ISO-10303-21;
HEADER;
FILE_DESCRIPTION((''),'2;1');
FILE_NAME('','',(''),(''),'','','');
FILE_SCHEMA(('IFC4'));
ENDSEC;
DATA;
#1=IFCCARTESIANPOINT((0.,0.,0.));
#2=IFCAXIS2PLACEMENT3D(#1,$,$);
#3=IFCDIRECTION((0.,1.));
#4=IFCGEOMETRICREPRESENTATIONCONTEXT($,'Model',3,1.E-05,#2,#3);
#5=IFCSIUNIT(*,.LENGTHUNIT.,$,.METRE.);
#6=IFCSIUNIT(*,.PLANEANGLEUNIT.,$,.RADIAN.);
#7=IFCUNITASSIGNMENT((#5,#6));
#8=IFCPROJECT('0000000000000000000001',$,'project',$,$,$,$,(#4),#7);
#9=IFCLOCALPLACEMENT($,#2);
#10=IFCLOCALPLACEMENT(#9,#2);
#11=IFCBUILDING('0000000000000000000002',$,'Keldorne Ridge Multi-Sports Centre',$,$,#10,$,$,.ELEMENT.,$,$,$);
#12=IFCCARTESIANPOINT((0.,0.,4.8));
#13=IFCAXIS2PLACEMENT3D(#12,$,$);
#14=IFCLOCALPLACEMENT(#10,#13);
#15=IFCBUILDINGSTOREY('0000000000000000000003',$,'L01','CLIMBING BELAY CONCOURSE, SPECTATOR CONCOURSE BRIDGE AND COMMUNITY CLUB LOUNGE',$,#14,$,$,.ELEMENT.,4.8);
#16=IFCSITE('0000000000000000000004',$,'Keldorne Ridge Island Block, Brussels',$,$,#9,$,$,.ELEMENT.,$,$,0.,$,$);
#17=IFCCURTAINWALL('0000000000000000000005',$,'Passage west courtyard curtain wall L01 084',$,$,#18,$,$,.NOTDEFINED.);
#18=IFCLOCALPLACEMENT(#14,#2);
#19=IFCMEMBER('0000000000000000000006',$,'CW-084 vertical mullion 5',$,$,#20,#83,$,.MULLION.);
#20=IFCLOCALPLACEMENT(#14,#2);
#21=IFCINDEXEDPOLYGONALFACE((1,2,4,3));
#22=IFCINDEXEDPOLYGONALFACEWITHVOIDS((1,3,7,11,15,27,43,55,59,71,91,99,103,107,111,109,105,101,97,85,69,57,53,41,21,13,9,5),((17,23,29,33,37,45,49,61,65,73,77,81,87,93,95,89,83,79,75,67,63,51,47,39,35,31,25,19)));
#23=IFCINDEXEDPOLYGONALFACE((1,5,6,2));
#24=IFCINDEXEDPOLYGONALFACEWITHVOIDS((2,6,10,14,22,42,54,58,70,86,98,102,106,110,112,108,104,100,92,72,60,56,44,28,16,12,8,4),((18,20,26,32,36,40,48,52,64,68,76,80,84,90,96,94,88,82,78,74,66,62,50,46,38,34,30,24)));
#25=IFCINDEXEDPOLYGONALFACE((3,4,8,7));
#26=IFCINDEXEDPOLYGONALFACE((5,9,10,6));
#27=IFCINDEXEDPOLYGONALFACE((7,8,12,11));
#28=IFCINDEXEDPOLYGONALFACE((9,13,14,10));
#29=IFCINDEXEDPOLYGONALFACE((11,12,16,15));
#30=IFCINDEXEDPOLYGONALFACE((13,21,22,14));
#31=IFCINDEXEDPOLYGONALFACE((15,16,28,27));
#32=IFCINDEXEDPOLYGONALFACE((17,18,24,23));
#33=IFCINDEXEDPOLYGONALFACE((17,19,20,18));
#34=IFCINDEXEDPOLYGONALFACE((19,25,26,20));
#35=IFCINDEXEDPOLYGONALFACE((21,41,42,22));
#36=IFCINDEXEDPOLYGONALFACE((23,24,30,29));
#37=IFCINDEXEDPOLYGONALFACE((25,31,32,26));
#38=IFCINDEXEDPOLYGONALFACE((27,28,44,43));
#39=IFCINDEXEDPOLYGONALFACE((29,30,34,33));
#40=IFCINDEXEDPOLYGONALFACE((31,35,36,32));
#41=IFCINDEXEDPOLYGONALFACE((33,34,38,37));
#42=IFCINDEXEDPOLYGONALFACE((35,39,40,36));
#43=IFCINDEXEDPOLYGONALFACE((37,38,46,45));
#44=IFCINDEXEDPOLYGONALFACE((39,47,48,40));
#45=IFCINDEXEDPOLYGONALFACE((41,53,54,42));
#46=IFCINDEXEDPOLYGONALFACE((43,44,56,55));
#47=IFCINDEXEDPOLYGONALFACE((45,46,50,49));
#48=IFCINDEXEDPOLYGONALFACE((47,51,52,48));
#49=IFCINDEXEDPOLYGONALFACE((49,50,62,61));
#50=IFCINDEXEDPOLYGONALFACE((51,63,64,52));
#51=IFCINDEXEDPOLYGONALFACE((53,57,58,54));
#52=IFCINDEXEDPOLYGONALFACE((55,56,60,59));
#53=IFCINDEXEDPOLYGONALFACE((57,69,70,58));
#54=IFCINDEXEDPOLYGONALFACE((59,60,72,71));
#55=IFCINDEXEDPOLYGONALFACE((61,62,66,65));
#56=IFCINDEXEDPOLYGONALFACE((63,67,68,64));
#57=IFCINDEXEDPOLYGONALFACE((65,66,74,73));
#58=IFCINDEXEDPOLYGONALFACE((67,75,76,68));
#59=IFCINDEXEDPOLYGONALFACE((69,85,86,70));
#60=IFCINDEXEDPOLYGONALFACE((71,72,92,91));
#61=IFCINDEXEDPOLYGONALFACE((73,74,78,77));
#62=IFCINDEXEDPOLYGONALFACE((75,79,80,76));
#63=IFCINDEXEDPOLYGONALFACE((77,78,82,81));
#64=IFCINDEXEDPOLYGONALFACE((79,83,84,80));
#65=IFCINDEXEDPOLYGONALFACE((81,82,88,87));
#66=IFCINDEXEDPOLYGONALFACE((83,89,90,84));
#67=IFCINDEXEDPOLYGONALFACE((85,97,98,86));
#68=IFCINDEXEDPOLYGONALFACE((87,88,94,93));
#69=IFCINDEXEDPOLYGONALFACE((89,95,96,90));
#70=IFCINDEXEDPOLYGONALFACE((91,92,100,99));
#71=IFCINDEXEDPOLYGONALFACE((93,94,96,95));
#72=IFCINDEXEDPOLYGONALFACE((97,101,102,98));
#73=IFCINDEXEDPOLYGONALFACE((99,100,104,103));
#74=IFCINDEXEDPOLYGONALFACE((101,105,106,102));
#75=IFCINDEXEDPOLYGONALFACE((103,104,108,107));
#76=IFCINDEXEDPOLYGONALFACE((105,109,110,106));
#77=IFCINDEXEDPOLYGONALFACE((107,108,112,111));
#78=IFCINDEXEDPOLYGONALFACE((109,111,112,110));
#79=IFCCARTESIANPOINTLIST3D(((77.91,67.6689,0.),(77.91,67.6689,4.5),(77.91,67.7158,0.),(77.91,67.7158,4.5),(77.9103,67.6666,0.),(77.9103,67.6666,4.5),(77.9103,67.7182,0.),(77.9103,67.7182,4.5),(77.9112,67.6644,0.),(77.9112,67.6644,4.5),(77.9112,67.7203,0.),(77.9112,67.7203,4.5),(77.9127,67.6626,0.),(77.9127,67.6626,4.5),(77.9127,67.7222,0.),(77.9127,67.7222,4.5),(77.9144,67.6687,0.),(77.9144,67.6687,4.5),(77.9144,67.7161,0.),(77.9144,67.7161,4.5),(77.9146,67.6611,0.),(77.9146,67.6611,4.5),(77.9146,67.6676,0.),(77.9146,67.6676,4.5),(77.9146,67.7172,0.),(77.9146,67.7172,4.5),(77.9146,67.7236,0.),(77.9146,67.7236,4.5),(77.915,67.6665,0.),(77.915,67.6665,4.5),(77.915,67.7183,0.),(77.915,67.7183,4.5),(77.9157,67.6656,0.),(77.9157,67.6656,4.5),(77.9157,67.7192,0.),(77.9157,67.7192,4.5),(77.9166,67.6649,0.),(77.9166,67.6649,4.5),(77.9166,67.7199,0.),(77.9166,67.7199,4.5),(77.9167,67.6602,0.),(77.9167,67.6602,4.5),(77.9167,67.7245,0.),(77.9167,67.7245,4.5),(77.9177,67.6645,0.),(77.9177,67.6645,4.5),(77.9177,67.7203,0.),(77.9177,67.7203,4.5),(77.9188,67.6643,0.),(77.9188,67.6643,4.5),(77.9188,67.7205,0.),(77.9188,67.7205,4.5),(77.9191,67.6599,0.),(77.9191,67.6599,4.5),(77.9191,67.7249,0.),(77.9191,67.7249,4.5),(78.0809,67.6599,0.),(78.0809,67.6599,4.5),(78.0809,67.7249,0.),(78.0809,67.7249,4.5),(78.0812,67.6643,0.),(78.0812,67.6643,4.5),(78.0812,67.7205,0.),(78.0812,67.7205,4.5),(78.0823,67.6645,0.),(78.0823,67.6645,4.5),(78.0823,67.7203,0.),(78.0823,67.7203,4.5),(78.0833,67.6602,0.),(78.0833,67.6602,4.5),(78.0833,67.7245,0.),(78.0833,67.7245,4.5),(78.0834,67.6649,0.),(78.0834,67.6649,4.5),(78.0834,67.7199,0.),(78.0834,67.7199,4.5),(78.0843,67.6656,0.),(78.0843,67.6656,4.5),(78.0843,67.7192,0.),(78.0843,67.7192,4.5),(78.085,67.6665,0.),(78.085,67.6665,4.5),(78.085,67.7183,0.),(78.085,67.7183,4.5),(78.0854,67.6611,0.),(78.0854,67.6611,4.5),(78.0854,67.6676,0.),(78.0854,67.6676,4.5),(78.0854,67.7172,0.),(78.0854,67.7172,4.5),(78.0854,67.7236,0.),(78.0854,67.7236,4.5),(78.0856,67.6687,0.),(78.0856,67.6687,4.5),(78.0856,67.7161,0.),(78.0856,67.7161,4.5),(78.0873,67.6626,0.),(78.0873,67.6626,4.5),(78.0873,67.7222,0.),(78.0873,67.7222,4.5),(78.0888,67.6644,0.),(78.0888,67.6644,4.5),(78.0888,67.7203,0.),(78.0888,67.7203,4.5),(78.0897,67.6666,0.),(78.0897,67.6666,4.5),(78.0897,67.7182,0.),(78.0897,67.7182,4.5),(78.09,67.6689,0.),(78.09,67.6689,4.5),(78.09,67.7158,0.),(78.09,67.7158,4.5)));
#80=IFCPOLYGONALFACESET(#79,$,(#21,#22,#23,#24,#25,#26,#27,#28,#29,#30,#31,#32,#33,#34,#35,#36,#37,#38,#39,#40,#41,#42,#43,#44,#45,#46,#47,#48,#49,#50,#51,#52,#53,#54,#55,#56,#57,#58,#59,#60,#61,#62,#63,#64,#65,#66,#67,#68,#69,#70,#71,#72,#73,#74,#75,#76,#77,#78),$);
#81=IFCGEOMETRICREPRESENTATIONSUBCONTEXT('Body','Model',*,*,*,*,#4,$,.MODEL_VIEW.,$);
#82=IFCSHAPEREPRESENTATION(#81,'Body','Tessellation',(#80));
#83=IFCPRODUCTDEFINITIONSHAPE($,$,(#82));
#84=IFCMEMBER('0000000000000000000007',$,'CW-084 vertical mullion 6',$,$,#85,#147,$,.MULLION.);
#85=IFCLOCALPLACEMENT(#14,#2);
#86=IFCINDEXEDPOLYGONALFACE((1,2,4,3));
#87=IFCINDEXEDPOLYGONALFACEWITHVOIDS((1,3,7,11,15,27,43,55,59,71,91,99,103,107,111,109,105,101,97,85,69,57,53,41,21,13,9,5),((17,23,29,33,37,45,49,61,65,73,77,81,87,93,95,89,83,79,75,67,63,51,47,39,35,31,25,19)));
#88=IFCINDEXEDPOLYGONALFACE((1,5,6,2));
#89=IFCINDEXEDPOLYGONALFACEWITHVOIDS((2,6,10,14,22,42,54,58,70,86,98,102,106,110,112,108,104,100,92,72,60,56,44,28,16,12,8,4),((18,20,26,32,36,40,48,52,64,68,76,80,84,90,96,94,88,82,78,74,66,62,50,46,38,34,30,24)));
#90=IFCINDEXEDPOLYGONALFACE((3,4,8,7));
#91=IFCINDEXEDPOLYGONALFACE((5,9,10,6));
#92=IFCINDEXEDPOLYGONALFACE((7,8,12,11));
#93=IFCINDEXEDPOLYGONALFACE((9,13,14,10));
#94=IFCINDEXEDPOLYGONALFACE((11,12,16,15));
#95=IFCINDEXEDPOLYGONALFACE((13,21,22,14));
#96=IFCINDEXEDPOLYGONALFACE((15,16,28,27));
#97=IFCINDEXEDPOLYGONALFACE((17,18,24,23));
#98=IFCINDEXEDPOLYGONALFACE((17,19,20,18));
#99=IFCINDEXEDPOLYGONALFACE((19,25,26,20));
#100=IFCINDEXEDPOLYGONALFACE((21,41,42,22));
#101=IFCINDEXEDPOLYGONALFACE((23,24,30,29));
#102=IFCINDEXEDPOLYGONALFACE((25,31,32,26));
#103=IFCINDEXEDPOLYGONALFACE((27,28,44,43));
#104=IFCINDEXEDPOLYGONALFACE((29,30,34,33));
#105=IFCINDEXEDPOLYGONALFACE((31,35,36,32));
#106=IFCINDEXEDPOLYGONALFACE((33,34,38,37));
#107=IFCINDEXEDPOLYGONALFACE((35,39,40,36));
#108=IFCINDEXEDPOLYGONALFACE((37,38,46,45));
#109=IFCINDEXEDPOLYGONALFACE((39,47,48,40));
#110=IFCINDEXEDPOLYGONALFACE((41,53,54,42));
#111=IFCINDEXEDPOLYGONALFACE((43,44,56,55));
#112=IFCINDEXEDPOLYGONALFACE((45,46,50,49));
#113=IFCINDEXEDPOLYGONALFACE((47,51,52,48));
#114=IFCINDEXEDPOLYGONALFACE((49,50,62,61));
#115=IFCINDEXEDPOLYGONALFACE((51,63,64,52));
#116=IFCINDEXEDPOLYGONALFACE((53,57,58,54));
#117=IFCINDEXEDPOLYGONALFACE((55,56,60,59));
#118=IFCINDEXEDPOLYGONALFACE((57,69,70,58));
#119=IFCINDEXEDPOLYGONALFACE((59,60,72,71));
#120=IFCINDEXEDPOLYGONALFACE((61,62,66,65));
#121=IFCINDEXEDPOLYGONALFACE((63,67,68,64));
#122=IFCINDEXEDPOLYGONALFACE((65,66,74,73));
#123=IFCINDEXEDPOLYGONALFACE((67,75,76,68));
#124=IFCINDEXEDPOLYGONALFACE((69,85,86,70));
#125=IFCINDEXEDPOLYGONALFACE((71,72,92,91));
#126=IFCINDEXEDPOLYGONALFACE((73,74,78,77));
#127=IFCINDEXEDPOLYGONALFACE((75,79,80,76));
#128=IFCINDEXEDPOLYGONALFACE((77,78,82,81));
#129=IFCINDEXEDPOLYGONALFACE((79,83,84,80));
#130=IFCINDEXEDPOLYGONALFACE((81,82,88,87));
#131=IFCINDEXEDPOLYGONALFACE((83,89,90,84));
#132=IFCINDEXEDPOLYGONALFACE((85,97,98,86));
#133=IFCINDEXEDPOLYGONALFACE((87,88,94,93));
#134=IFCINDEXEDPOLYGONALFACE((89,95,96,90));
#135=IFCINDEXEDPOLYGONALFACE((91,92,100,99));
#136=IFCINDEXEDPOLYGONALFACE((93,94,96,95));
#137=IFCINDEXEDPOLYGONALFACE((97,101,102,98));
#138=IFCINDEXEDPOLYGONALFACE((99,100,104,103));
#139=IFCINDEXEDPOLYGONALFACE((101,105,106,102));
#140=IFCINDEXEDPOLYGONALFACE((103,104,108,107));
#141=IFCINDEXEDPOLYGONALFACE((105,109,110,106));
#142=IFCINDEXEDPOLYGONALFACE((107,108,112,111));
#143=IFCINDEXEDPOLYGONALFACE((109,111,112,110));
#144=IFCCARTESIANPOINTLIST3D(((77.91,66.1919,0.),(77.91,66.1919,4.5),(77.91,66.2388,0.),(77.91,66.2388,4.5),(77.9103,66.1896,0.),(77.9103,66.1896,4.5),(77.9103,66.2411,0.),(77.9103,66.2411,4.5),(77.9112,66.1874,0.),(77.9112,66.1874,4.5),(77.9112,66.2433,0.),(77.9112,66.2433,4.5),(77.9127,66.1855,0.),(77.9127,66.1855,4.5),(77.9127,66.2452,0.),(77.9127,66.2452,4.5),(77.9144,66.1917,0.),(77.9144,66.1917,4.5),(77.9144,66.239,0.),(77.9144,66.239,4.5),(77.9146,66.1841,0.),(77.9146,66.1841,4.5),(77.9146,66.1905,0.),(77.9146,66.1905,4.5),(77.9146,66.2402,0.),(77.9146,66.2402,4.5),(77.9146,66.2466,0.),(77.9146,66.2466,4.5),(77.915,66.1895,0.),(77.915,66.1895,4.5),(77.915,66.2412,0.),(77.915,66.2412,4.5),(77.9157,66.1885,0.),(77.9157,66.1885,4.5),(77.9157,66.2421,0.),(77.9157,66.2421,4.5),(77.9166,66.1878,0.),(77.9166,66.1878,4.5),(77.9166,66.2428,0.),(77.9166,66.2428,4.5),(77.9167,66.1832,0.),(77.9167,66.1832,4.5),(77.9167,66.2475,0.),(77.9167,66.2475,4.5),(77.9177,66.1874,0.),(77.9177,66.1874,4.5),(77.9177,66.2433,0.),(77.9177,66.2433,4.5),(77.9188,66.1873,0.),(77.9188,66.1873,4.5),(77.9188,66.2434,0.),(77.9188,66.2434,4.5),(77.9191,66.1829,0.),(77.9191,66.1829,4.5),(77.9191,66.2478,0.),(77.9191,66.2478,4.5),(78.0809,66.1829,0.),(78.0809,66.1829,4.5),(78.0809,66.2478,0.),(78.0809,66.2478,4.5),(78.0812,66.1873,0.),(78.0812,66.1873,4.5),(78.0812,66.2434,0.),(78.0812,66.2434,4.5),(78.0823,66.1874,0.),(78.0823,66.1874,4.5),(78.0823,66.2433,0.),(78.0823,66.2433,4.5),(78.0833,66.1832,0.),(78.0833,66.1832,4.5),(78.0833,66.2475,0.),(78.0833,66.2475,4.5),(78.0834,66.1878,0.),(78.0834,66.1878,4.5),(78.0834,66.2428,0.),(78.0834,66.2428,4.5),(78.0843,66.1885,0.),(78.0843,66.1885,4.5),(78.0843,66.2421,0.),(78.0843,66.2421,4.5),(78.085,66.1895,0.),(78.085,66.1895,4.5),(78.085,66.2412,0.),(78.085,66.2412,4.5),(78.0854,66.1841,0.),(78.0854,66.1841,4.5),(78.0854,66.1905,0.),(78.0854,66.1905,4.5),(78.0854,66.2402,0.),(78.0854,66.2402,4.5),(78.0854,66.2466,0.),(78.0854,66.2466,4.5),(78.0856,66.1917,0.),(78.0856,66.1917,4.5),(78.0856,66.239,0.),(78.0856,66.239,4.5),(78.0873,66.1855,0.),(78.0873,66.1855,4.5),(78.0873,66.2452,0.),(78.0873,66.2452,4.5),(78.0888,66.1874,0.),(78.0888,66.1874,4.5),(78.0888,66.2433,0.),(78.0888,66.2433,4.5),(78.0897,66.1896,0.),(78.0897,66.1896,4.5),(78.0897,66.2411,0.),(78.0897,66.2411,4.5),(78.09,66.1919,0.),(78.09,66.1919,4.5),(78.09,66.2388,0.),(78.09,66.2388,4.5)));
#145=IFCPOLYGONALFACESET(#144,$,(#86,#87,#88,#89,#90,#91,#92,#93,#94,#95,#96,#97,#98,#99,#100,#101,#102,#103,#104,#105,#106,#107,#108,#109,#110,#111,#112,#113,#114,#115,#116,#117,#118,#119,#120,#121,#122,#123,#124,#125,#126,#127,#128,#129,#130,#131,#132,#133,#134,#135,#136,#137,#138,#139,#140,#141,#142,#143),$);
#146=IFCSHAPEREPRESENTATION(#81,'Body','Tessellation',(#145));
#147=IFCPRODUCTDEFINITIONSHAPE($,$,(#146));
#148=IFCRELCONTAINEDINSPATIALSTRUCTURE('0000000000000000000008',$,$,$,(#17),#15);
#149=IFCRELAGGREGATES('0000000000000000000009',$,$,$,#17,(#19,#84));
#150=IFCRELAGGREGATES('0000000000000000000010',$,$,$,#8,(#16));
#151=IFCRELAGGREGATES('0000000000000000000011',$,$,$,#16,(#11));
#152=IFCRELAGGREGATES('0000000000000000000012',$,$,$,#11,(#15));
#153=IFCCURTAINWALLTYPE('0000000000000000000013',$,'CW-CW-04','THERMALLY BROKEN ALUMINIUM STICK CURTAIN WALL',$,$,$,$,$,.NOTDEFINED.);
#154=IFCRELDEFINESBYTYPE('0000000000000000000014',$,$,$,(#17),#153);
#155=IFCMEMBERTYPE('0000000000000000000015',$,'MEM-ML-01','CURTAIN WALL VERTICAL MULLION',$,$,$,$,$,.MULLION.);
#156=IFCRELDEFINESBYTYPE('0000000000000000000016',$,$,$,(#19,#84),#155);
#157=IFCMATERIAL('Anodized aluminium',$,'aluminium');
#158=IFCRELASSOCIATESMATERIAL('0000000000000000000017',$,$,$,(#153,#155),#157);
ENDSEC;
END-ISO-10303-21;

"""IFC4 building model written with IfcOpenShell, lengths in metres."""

from ifc_helpers import new_model, si_unit, direction, frame, origin, origin_2d, place, context, subcontext, project, spatial, hollow_rectangle, extrude, material, material_profile, profile_set, type_object, element, aggregate, save


model = new_model("IFC4")

# Units and contexts
model_context = context("Model", 3, precision=1e-05, world=origin(), true_north=direction((0.0, 1.0)))
body_context = subcontext(model_context, "Body", "Model", "MODEL_VIEW")
ifc_project = project(units=[si_unit("LENGTHUNIT", "METRE"), si_unit("PLANEANGLEUNIT", "RADIAN")], contexts=[model_context])

# Site, building, storey
site_placement = place(None, origin())
site = spatial("IfcSite", under=ifc_project, at=site_placement, Name="Keldorne Ridge Island Block, Brussels", CompositionType="ELEMENT", RefElevation=0.0)
building_placement = place(site_placement, origin())
building = spatial("IfcBuilding", under=site, at=building_placement, Name="Keldorne Ridge Multi-Sports Centre", CompositionType="ELEMENT")
storey_placement = place(building_placement, frame((0.0, 0.0, 4.8)))
storey = spatial("IfcBuildingStorey", under=building, at=storey_placement, Name="L01", Description="CLIMBING BELAY CONCOURSE, SPECTATOR CONCOURSE BRIDGE AND COMMUNITY CLUB LOUNGE", CompositionType="ELEMENT", Elevation=4.8)

# Curtain wall, members
ifc_material_1 = material(Name="Anodized aluminium", Category="aluminium")
curtain_wall_type = type_object("IfcCurtainWallType", Name="CW-CW-04", Description="THERMALLY BROKEN ALUMINIUM STICK CURTAIN WALL", PredefinedType="NOTDEFINED", material=ifc_material_1)
curtain_wall_placement = place(storey_placement, origin())
curtain_wall = element("IfcCurtainWall", 1, at=curtain_wall_placement, inside=storey, type_object=curtain_wall_type, Name="Passage west courtyard curtain wall L01 084", PredefinedType="NOTDEFINED")
ifc_material_profile_1 = material_profile(ifc_material_1, hollow_rectangle(XDim=0.0649, YDim=0.1799, WallThickness=0.0044, InnerFilletRadius=0.0044, OuterFilletRadius=0.009, at=origin_2d()), Name="ALU MULLION 180x65x4.5")
ifc_profile_set_1 = profile_set([ifc_material_profile_1], Name="Anodized aluminium")
member_type_1 = type_object("IfcMemberType", Name="MEM-ML-01", Description="CURTAIN WALL VERTICAL MULLION", PredefinedType="MULLION", material=ifc_profile_set_1)
member_1_placement = place(storey_placement, frame((78.0, 67.6924, 0.0), z_axis=(0.0, 0.0, 1.0), x_axis=(0.0, 1.0, 0.0)))
member_1 = element("IfcMember", 2, at=member_1_placement, type_object=member_type_1, Name="CW-084 vertical mullion 5", PredefinedType="MULLION", context=body_context, shape_type="SweptSolid", body=[
    extrude(hollow_rectangle(XDim=0.0649, YDim=0.1799, WallThickness=0.0044, InnerFilletRadius=0.0044, OuterFilletRadius=0.009, at=origin_2d()), origin(), (0.0, 0.0, 1.0), 4.5),
])
member_2_placement = place(storey_placement, frame((78.0, 66.2153, 0.0), z_axis=(0.0, 0.0, 1.0), x_axis=(0.0, 1.0, 0.0)))
member_2 = element("IfcMember", 3, at=member_2_placement, type_object=member_type_1, Name="CW-084 vertical mullion 6", PredefinedType="MULLION", context=body_context, shape_type="SweptSolid", body=[
    extrude(hollow_rectangle(XDim=0.0649, YDim=0.1799, WallThickness=0.0044, InnerFilletRadius=0.0044, OuterFilletRadius=0.009, at=origin_2d()), origin(), (0.0, 0.0, 1.0), 4.5),
])
aggregate(curtain_wall, [member_1, member_2])

save(model, "model.ifc")
